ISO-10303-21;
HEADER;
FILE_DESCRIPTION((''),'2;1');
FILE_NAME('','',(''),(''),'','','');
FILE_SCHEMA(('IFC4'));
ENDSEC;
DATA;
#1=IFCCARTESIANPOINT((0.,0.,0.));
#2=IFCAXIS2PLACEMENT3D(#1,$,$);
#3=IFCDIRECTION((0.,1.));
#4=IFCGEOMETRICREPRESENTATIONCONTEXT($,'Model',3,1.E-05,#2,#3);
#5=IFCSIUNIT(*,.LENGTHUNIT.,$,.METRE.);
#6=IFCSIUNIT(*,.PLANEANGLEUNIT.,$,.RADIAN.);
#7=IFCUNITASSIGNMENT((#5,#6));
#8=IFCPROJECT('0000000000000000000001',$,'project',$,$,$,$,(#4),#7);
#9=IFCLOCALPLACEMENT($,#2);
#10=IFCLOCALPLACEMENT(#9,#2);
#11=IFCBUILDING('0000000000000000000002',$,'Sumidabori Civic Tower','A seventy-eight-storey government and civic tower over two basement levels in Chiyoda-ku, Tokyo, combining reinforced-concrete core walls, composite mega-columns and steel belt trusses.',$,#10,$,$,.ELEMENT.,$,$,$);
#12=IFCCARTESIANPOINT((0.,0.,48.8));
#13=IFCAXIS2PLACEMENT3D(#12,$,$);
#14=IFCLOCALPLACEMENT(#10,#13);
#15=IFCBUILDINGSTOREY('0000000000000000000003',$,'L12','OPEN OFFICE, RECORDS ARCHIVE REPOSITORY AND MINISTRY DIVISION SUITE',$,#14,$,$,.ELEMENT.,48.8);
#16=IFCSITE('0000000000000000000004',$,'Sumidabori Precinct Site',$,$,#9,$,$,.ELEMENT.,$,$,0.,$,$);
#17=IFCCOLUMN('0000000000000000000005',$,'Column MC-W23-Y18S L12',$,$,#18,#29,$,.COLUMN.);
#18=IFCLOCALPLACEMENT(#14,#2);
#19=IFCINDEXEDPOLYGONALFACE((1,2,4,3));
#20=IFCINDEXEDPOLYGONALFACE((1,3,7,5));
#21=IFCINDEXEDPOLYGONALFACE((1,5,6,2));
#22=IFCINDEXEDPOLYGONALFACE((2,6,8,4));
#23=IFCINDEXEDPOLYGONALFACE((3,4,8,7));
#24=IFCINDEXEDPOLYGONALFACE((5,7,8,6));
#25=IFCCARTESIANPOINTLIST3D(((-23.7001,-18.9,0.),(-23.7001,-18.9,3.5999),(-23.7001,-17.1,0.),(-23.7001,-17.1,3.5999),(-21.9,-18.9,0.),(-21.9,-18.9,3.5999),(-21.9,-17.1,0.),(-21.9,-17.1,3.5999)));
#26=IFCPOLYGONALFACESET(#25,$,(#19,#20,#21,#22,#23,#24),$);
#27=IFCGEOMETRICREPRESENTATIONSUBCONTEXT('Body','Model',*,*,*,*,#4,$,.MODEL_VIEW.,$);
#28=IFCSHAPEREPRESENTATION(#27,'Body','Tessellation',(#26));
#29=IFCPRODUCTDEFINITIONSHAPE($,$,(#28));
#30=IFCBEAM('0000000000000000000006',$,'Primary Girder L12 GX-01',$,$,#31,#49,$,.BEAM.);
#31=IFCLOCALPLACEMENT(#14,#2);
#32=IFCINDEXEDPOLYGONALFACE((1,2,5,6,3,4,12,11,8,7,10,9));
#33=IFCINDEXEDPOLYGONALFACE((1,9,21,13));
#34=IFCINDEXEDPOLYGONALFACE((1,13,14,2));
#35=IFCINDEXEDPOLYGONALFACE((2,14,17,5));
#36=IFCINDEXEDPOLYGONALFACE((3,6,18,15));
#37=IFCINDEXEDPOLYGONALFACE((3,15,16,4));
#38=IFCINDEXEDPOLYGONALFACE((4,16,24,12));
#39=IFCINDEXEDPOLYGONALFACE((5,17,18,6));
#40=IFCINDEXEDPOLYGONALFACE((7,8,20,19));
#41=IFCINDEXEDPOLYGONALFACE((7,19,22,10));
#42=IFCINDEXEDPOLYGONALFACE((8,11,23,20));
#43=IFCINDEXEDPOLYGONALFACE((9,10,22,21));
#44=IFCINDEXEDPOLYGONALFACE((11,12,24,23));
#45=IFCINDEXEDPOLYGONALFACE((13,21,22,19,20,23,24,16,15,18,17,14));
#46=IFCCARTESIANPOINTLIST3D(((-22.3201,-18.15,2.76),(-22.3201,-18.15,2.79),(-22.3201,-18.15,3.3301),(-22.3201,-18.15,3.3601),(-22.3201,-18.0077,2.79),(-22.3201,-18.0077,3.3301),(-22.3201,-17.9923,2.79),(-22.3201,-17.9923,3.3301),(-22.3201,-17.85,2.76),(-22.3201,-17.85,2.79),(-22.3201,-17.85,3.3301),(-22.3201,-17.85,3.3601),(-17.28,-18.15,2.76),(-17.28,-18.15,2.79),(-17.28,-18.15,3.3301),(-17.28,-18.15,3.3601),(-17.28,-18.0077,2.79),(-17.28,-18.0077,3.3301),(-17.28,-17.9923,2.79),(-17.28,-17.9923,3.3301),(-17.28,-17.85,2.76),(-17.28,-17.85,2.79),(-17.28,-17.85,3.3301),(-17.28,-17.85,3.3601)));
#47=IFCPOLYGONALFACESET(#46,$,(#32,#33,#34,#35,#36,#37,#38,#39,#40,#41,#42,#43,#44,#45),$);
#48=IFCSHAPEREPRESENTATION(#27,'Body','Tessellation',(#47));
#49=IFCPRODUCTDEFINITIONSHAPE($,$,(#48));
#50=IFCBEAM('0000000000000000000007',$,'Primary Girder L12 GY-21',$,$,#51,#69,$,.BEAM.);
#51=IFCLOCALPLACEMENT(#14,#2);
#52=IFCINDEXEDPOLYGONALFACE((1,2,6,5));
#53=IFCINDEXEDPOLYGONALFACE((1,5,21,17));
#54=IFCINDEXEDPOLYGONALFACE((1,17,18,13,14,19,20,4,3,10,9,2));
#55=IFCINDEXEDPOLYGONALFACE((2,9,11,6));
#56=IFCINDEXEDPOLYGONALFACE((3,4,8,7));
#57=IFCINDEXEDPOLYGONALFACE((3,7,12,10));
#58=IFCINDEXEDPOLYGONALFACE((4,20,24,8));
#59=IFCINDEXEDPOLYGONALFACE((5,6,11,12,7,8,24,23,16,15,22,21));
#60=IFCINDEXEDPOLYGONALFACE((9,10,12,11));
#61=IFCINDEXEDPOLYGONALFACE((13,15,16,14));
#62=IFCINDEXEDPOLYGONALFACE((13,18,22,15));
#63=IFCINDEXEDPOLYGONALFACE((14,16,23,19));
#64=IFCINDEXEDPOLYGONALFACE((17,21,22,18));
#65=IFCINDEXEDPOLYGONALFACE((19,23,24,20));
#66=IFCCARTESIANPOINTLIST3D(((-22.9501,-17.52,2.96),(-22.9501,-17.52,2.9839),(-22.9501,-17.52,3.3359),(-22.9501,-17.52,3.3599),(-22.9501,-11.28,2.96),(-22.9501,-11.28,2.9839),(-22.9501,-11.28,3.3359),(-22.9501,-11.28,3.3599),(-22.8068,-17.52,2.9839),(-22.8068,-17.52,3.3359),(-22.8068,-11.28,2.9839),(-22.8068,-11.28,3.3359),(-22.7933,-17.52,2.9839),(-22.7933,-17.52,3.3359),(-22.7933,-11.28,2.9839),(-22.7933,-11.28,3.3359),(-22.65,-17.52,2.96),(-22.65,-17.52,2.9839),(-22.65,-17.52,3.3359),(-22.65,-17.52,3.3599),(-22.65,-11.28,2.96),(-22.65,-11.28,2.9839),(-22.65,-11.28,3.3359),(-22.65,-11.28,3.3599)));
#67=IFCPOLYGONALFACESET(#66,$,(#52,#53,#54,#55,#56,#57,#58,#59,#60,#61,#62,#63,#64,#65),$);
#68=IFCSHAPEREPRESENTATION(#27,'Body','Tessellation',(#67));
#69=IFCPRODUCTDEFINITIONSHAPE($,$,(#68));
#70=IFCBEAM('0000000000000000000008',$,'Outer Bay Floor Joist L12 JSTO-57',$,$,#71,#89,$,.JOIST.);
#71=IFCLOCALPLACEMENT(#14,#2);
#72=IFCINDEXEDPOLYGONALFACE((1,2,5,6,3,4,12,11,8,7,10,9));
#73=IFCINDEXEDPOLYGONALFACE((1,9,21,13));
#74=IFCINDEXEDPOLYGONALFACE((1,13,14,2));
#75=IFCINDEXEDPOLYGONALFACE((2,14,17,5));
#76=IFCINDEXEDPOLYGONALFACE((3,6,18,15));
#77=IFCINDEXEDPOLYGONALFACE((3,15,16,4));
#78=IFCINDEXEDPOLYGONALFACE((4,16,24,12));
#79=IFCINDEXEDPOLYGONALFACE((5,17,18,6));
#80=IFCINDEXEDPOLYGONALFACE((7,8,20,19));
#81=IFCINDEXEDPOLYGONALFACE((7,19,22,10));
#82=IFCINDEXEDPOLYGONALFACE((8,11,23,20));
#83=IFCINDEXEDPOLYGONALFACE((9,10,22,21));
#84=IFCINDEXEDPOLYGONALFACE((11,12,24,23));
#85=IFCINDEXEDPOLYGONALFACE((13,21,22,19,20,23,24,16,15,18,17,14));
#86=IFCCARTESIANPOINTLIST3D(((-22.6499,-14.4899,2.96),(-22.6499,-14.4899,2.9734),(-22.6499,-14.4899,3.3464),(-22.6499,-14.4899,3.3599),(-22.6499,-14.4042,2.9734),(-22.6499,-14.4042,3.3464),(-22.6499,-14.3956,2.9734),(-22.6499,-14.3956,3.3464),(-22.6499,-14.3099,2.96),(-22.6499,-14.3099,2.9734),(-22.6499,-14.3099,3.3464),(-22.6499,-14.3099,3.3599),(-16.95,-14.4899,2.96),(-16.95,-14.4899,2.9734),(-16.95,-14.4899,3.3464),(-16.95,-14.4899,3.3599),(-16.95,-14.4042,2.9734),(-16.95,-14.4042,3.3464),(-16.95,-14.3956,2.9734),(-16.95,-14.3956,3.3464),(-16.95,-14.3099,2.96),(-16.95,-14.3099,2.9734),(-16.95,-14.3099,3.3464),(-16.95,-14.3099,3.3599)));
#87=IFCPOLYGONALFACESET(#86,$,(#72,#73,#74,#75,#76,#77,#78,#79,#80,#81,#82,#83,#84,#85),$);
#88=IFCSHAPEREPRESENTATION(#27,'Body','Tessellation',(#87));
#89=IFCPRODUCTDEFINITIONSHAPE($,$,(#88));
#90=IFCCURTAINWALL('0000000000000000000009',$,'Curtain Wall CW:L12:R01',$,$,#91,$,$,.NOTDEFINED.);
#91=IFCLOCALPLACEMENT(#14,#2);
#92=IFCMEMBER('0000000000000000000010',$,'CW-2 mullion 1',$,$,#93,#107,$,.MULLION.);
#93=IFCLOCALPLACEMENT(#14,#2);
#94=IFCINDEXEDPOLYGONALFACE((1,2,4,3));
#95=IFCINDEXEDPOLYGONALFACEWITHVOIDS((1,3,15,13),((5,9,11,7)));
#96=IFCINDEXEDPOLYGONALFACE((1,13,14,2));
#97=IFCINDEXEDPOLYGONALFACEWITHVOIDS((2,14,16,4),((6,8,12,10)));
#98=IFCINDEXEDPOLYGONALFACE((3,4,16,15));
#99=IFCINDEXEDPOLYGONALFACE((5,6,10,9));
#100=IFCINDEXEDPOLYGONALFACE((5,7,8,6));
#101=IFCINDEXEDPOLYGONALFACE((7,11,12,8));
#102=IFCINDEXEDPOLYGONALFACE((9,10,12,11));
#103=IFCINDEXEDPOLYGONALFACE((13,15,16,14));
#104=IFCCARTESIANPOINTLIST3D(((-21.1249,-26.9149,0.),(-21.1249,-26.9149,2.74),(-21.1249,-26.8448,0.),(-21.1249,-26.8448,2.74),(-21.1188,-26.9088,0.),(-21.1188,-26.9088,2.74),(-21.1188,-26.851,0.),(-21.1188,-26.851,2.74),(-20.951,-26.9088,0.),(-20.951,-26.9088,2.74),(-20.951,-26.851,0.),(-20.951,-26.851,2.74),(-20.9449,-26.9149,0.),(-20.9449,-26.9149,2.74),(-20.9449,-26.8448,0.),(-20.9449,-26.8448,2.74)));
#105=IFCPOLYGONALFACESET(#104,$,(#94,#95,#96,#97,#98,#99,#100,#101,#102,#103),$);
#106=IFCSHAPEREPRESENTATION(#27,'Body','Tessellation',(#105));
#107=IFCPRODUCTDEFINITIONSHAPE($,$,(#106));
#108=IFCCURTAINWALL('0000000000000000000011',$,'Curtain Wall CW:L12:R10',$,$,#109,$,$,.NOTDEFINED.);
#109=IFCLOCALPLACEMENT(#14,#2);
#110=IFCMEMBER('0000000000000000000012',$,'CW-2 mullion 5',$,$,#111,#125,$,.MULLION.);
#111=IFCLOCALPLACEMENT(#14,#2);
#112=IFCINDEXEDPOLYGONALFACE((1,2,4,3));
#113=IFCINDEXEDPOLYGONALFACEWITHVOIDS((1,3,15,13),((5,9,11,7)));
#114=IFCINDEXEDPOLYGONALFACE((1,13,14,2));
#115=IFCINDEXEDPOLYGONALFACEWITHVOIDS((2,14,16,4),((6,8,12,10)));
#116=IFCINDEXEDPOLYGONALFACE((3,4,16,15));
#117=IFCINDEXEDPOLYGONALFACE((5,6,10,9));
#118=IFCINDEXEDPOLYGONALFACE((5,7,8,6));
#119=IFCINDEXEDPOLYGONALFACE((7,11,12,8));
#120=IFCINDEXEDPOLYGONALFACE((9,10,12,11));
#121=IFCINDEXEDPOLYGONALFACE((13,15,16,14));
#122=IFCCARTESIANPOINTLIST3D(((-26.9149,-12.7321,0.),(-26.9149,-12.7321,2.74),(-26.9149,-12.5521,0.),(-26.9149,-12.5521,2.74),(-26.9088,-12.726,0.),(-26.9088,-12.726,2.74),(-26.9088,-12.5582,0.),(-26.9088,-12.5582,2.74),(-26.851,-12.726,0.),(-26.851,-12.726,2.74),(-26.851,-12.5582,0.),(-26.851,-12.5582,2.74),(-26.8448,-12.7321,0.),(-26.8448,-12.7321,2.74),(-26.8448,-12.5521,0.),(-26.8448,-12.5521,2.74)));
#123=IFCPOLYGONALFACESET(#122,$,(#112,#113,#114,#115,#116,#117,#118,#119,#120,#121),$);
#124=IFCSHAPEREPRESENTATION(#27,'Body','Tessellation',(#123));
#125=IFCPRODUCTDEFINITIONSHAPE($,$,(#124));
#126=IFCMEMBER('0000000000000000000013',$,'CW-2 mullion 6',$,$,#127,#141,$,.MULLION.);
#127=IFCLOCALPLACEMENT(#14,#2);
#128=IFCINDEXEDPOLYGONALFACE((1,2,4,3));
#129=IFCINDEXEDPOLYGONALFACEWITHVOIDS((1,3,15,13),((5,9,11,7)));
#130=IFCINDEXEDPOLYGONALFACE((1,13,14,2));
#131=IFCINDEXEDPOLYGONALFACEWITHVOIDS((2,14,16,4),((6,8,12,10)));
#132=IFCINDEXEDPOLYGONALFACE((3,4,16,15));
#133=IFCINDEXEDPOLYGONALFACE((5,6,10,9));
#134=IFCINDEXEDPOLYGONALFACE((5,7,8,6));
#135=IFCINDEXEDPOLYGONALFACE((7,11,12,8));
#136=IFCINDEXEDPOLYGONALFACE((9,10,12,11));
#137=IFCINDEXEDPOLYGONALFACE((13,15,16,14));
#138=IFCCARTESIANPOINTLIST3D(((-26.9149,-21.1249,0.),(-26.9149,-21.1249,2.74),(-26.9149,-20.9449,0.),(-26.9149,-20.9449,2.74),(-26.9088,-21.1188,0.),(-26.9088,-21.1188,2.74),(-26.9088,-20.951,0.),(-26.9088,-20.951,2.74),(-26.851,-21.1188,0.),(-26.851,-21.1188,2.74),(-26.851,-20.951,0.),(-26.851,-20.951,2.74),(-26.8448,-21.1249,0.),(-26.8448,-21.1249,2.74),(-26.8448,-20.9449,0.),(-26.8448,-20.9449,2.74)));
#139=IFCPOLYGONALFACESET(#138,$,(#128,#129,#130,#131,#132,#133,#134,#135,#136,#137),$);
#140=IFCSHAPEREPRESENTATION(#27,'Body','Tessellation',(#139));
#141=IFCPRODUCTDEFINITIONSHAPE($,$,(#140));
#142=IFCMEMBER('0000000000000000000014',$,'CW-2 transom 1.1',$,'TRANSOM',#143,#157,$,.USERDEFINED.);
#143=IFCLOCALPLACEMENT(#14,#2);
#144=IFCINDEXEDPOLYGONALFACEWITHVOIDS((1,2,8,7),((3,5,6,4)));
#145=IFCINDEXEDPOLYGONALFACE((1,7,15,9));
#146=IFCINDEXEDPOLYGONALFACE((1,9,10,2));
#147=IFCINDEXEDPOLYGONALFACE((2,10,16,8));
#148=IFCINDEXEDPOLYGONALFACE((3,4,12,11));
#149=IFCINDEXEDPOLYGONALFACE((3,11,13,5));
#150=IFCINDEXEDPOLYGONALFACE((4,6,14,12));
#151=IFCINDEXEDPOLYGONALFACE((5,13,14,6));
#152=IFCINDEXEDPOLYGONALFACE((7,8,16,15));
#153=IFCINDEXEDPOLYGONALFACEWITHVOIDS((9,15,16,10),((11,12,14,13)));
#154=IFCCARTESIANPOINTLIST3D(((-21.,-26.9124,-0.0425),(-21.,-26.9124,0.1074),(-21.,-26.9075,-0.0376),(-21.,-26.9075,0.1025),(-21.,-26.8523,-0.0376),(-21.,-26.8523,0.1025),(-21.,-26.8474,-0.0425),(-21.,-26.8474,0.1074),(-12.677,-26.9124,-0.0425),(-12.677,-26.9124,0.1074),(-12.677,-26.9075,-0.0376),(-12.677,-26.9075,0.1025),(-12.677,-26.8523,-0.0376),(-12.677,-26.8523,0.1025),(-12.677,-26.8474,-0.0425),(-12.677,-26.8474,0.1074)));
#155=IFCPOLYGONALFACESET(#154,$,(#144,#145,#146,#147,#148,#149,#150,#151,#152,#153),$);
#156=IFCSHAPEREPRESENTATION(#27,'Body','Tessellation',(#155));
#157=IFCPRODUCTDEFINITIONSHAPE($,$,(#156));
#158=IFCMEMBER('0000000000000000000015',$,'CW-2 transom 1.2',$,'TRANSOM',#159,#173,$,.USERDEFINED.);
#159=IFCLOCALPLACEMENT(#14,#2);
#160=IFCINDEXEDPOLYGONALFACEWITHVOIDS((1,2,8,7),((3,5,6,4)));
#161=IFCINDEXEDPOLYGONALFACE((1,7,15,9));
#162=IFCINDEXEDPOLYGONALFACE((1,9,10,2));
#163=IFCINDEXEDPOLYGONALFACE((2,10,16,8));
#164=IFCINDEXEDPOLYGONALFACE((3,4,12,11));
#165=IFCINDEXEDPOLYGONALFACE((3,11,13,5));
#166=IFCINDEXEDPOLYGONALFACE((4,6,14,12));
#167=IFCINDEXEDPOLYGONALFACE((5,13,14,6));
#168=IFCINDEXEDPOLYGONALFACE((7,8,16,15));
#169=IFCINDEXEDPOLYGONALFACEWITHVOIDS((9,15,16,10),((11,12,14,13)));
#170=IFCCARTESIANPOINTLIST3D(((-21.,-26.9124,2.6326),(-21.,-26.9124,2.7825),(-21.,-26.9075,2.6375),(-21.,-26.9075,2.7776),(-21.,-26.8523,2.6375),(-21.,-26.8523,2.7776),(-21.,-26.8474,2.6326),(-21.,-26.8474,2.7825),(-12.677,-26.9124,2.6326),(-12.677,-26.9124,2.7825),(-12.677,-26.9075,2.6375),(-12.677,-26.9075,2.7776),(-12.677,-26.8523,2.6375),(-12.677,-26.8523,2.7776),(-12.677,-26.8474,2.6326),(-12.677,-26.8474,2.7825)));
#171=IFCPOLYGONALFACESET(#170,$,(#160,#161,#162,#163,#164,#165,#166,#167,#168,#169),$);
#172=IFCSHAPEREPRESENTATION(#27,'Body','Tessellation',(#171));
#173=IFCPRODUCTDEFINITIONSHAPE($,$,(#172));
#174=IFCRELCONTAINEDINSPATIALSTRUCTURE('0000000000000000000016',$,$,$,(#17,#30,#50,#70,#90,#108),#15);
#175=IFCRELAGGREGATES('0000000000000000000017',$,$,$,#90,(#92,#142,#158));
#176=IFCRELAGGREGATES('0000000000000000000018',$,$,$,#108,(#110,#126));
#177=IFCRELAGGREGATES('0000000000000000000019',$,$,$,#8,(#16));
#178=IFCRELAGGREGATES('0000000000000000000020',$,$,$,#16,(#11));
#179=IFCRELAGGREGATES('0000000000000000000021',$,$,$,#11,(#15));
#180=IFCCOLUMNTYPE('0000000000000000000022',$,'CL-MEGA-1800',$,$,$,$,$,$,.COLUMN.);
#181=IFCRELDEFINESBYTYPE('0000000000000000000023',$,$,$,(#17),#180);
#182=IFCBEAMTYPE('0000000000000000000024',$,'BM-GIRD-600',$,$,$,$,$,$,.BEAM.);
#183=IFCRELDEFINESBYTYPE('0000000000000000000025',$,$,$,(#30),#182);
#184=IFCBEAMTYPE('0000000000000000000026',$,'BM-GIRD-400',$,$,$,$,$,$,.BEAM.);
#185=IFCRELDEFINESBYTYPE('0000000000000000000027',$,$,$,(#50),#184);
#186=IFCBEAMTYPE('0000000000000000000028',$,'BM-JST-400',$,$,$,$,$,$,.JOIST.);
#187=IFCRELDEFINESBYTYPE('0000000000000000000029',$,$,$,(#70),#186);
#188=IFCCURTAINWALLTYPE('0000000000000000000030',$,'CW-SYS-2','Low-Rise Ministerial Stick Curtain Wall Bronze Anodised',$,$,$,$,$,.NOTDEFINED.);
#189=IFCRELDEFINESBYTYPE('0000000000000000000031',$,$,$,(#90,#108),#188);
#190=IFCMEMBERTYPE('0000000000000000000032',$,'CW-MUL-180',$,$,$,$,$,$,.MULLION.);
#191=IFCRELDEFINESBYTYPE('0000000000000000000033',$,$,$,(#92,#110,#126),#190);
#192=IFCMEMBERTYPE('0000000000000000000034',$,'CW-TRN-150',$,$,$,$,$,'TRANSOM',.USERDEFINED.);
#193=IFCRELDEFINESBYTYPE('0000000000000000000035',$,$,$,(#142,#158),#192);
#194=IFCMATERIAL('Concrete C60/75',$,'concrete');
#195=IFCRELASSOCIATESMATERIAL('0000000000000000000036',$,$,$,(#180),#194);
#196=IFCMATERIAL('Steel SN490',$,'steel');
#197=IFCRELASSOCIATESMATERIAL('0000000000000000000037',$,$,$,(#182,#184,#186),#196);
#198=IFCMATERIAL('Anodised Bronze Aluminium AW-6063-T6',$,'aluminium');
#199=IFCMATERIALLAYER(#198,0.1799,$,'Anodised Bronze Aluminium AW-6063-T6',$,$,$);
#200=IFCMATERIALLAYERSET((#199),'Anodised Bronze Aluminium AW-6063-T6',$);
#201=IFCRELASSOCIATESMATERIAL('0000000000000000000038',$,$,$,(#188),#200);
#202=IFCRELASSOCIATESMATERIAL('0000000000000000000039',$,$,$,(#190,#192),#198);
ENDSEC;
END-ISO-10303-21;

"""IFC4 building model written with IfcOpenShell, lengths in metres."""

from ifc_helpers import new_model, si_unit, direction, frame, origin, origin_2d, place, context, subcontext, project, spatial, rectangle, hollow_rectangle, i_section, extrude, source, transform, mapped, material, layer, layer_set, material_profile, profile_set, type_object, element, aggregate, save


model = new_model("IFC4")

# Units and contexts
model_context = context("Model", 3, precision=1e-05, world=origin(), true_north=direction((0.0, 1.0)))
body_context = subcontext(model_context, "Body", "Model", "MODEL_VIEW")
ifc_project = project(units=[si_unit("LENGTHUNIT", "METRE"), si_unit("PLANEANGLEUNIT", "RADIAN")], contexts=[model_context])

# Site, building, storey
site_placement = place(None, origin())
site = spatial("IfcSite", under=ifc_project, at=site_placement, Name="Sumidabori Precinct Site", CompositionType="ELEMENT", RefElevation=0.0)
building_placement = place(site_placement, origin())
building = spatial("IfcBuilding", under=site, at=building_placement, Name="Sumidabori Civic Tower", Description="A seventy-eight-storey government and civic tower over two basement levels in Chiyoda-ku, Tokyo, combining reinforced-concrete core walls, composite mega-columns and steel belt trusses.", CompositionType="ELEMENT")
storey_placement = place(building_placement, frame((0.0, 0.0, 48.8)))
storey = spatial("IfcBuildingStorey", under=building, at=storey_placement, Name="L12", Description="OPEN OFFICE, RECORDS ARCHIVE REPOSITORY AND MINISTRY DIVISION SUITE", CompositionType="ELEMENT", Elevation=48.8)

# Column
ifc_material_1 = material(Name="Concrete C60/75", Category="concrete")
ifc_material_profile_1 = material_profile(ifc_material_1, rectangle(XDim=1.8, YDim=1.8, at=origin_2d()), Name="RC 1800x1800")
ifc_profile_set_1 = profile_set([ifc_material_profile_1], Name="Concrete C60/75")
column_type = type_object("IfcColumnType", Name="CL-MEGA-1800", PredefinedType="COLUMN", material=ifc_profile_set_1)
shared_shape_1 = source(origin(), body_context, "Body", "SweptSolid", [
    extrude(rectangle(XDim=1.8, YDim=1.8, at=origin_2d()), origin(), (0.0, 0.0, 1.0), 3.5999),
])
column_placement = place(storey_placement, frame((-22.8, -18.0, 0.0), z_axis=(0.0, 0.0, 1.0), x_axis=(1.0, 0.0, 0.0)))
element("IfcColumn", 1, at=column_placement, inside=storey, type_object=column_type, Name="Column MC-W23-Y18S L12", PredefinedType="COLUMN", context=body_context, shape_type="MappedRepresentation", body=[
    mapped(shared_shape_1, transform((0.0, 0.0, 0.0), x_axis=(1.0, 0.0, 0.0), y_axis=(0.0, 1.0, 0.0), z_axis=(0.0, 0.0, 1.0), scale=1.0)),
])

# Beams
ifc_material_2 = material(Name="Steel SN490", Category="steel")
ifc_material_profile_2 = material_profile(ifc_material_2, i_section(OverallWidth=0.3, OverallDepth=0.6001, WebThickness=0.0154, FlangeThickness=0.03, at=origin_2d()), Name="HE 600 B")
ifc_profile_set_2 = profile_set([ifc_material_profile_2], Name="Steel SN490")
beam_type_1 = type_object("IfcBeamType", Name="BM-GIRD-600", PredefinedType="BEAM", material=ifc_profile_set_2)
shared_shape_2 = source(origin(), body_context, "Body", "SweptSolid", [
    extrude(i_section(OverallWidth=0.3, OverallDepth=0.6001, WebThickness=0.0154, FlangeThickness=0.03, at=origin_2d()), origin(), (0.0, 0.0, 1.0), 5.04),
])
beam_1_placement = place(storey_placement, frame((-22.3201, -18.0, 3.0601), z_axis=(1.0, 0.0, 0.0), x_axis=(0.0, 1.0, 0.0)))
element("IfcBeam", 2, at=beam_1_placement, inside=storey, type_object=beam_type_1, Name="Primary Girder L12 GX-01", PredefinedType="BEAM", context=body_context, shape_type="MappedRepresentation", body=[
    mapped(shared_shape_2, transform((0.0, 0.0, 0.0), x_axis=(1.0, 0.0, 0.0), y_axis=(0.0, 1.0, 0.0), z_axis=(0.0, 0.0, 1.0), scale=1.0)),
])
ifc_material_profile_3 = material_profile(ifc_material_2, i_section(OverallWidth=0.3, OverallDepth=0.3999, WebThickness=0.0134, FlangeThickness=0.0239, at=origin_2d()), Name="HE 400 B")
ifc_profile_set_3 = profile_set([ifc_material_profile_3], Name="Steel SN490")
beam_type_2 = type_object("IfcBeamType", Name="BM-GIRD-400", PredefinedType="BEAM", material=ifc_profile_set_3)
shared_shape_3 = source(origin(), body_context, "Body", "SweptSolid", [
    extrude(i_section(OverallWidth=0.3, OverallDepth=0.3999, WebThickness=0.0134, FlangeThickness=0.0239, at=origin_2d()), origin(), (0.0, 0.0, 1.0), 6.24),
])
beam_2_placement = place(storey_placement, frame((-22.8, -17.52, 3.1599), z_axis=(0.0, 1.0, 0.0), x_axis=(-1.0, 0.0, 0.0)))
element("IfcBeam", 3, at=beam_2_placement, inside=storey, type_object=beam_type_2, Name="Primary Girder L12 GY-21", PredefinedType="BEAM", context=body_context, shape_type="MappedRepresentation", body=[
    mapped(shared_shape_3, transform((0.0, 0.0, 0.0), x_axis=(1.0, 0.0, 0.0), y_axis=(0.0, 1.0, 0.0), z_axis=(0.0, 0.0, 1.0), scale=1.0)),
])
ifc_material_profile_4 = material_profile(ifc_material_2, i_section(OverallWidth=0.1799, OverallDepth=0.3999, WebThickness=0.0085, FlangeThickness=0.0134, at=origin_2d()), Name="IPE 400")
ifc_profile_set_4 = profile_set([ifc_material_profile_4], Name="Steel SN490")
beam_type_3 = type_object("IfcBeamType", Name="BM-JST-400", PredefinedType="JOIST", material=ifc_profile_set_4)
shared_shape_4 = source(origin(), body_context, "Body", "SweptSolid", [
    extrude(i_section(OverallWidth=0.1799, OverallDepth=0.3999, WebThickness=0.0085, FlangeThickness=0.0134, at=origin_2d()), origin(), (0.0, 0.0, 1.0), 5.7),
])
beam_3_placement = place(storey_placement, frame((-22.6499, -14.3999, 3.1599), z_axis=(1.0, 0.0, 0.0), x_axis=(0.0, 1.0, 0.0)))
element("IfcBeam", 4, at=beam_3_placement, inside=storey, type_object=beam_type_3, Name="Outer Bay Floor Joist L12 JSTO-57", PredefinedType="JOIST", context=body_context, shape_type="MappedRepresentation", body=[
    mapped(shared_shape_4, transform((0.0, 0.0, 0.0), x_axis=(1.0, 0.0, 0.0), y_axis=(0.0, 1.0, 0.0), z_axis=(0.0, 0.0, 1.0), scale=1.0)),
])

# Curtain wall, member
ifc_material_3 = material(Name="Anodised Bronze Aluminium AW-6063-T6", Category="aluminium")
ifc_layer_1 = layer(ifc_material_3, 0.1799, Name="Anodised Bronze Aluminium AW-6063-T6")
ifc_layer_set_1 = layer_set([ifc_layer_1], Name="Anodised Bronze Aluminium AW-6063-T6")
curtain_wall_type = type_object("IfcCurtainWallType", Name="CW-SYS-2", Description="Low-Rise Ministerial Stick Curtain Wall Bronze Anodised", PredefinedType="NOTDEFINED", material=ifc_layer_set_1)
curtain_wall_1_placement = place(storey_placement, origin())
curtain_wall_1 = element("IfcCurtainWall", 5, at=curtain_wall_1_placement, inside=storey, type_object=curtain_wall_type, Name="Curtain Wall CW:L12:R01", PredefinedType="NOTDEFINED")
ifc_material_profile_5 = material_profile(ifc_material_3, hollow_rectangle(XDim=0.0701, YDim=0.1799, WallThickness=0.0061, at=origin_2d()), Name="ALU MULLION 180x70")
ifc_profile_set_5 = profile_set([ifc_material_profile_5], Name="Anodised Bronze Aluminium AW-6063-T6")
member_type_1 = type_object("IfcMemberType", Name="CW-MUL-180", PredefinedType="MULLION", material=ifc_profile_set_5)
shared_shape_5 = source(origin(), body_context, "Body", "SweptSolid", [
    extrude(hollow_rectangle(XDim=0.0701, YDim=0.1799, WallThickness=0.0061, at=origin_2d()), origin(), (0.0, 0.0, 1.0), 2.74),
])
member_1_placement = place(storey_placement, frame((-21.0349, -26.8799, 0.0), z_axis=(0.0, 0.0, 1.0), x_axis=(0.0, 1.0, 0.0)))
member_1 = element("IfcMember", 6, at=member_1_placement, type_object=member_type_1, Name="CW-2 mullion 1", PredefinedType="MULLION", context=body_context, shape_type="MappedRepresentation", body=[
    mapped(shared_shape_5, transform((0.0, 0.0, 0.0), x_axis=(1.0, 0.0, 0.0), y_axis=(0.0, 1.0, 0.0), z_axis=(0.0, 0.0, 1.0), scale=1.0)),
])

# Curtain wall, members
curtain_wall_2_placement = place(storey_placement, origin())
curtain_wall_2 = element("IfcCurtainWall", 7, at=curtain_wall_2_placement, inside=storey, type_object=curtain_wall_type, Name="Curtain Wall CW:L12:R10", PredefinedType="NOTDEFINED")
member_2_placement = place(storey_placement, frame((-26.8799, -12.6421, 0.0), z_axis=(0.0, 0.0, 1.0), x_axis=(1.0, 0.0, 0.0)))
member_2 = element("IfcMember", 8, at=member_2_placement, type_object=member_type_1, Name="CW-2 mullion 5", PredefinedType="MULLION", context=body_context, shape_type="MappedRepresentation", body=[
    mapped(shared_shape_5, transform((0.0, 0.0, 0.0), x_axis=(1.0, 0.0, 0.0), y_axis=(0.0, 1.0, 0.0), z_axis=(0.0, 0.0, 1.0), scale=1.0)),
])
member_3_placement = place(storey_placement, frame((-26.8799, -21.0349, 0.0), z_axis=(0.0, 0.0, 1.0), x_axis=(1.0, 0.0, 0.0)))
member_3 = element("IfcMember", 9, at=member_3_placement, type_object=member_type_1, Name="CW-2 mullion 6", PredefinedType="MULLION", context=body_context, shape_type="MappedRepresentation", body=[
    mapped(shared_shape_5, transform((0.0, 0.0, 0.0), x_axis=(1.0, 0.0, 0.0), y_axis=(0.0, 1.0, 0.0), z_axis=(0.0, 0.0, 1.0), scale=1.0)),
])

# Members
ifc_material_profile_6 = material_profile(ifc_material_3, hollow_rectangle(XDim=0.0649, YDim=0.1499, WallThickness=0.0049, at=origin_2d()), Name="ALU TRANSOM 150x65")
ifc_profile_set_6 = profile_set([ifc_material_profile_6], Name="Anodised Bronze Aluminium AW-6063-T6")
member_type_2 = type_object("IfcMemberType", Name="CW-TRN-150", ElementType="TRANSOM", PredefinedType="USERDEFINED", material=ifc_profile_set_6)
shared_shape_6 = source(origin(), body_context, "Body", "SweptSolid", [
    extrude(hollow_rectangle(XDim=0.0649, YDim=0.1499, WallThickness=0.0049, at=origin_2d()), origin(), (0.0, 0.0, 1.0), 8.323),
])
member_4_placement = place(storey_placement, frame((-21.0, -26.8799, 0.0325), z_axis=(1.0, 0.0, 0.0), x_axis=(0.0, 1.0, 0.0)))
member_4 = element("IfcMember", 10, at=member_4_placement, type_object=member_type_2, Name="CW-2 transom 1.1", ObjectType="TRANSOM", PredefinedType="USERDEFINED", context=body_context, shape_type="MappedRepresentation", body=[
    mapped(shared_shape_6, transform((0.0, 0.0, 0.0), x_axis=(1.0, 0.0, 0.0), y_axis=(0.0, 1.0, 0.0), z_axis=(0.0, 0.0, 1.0), scale=1.0)),
])
member_5_placement = place(storey_placement, frame((-21.0, -26.8799, 2.7075), z_axis=(1.0, 0.0, 0.0), x_axis=(0.0, 1.0, 0.0)))
member_5 = element("IfcMember", 11, at=member_5_placement, type_object=member_type_2, Name="CW-2 transom 1.2", ObjectType="TRANSOM", PredefinedType="USERDEFINED", context=body_context, shape_type="MappedRepresentation", body=[
    mapped(shared_shape_6, transform((0.0, 0.0, 0.0), x_axis=(1.0, 0.0, 0.0), y_axis=(0.0, 1.0, 0.0), z_axis=(0.0, 0.0, 1.0), scale=1.0)),
])
aggregate(curtain_wall_1, [member_1, member_4, member_5])

aggregate(curtain_wall_2, [member_2, member_3])

save(model, "model.ifc")
